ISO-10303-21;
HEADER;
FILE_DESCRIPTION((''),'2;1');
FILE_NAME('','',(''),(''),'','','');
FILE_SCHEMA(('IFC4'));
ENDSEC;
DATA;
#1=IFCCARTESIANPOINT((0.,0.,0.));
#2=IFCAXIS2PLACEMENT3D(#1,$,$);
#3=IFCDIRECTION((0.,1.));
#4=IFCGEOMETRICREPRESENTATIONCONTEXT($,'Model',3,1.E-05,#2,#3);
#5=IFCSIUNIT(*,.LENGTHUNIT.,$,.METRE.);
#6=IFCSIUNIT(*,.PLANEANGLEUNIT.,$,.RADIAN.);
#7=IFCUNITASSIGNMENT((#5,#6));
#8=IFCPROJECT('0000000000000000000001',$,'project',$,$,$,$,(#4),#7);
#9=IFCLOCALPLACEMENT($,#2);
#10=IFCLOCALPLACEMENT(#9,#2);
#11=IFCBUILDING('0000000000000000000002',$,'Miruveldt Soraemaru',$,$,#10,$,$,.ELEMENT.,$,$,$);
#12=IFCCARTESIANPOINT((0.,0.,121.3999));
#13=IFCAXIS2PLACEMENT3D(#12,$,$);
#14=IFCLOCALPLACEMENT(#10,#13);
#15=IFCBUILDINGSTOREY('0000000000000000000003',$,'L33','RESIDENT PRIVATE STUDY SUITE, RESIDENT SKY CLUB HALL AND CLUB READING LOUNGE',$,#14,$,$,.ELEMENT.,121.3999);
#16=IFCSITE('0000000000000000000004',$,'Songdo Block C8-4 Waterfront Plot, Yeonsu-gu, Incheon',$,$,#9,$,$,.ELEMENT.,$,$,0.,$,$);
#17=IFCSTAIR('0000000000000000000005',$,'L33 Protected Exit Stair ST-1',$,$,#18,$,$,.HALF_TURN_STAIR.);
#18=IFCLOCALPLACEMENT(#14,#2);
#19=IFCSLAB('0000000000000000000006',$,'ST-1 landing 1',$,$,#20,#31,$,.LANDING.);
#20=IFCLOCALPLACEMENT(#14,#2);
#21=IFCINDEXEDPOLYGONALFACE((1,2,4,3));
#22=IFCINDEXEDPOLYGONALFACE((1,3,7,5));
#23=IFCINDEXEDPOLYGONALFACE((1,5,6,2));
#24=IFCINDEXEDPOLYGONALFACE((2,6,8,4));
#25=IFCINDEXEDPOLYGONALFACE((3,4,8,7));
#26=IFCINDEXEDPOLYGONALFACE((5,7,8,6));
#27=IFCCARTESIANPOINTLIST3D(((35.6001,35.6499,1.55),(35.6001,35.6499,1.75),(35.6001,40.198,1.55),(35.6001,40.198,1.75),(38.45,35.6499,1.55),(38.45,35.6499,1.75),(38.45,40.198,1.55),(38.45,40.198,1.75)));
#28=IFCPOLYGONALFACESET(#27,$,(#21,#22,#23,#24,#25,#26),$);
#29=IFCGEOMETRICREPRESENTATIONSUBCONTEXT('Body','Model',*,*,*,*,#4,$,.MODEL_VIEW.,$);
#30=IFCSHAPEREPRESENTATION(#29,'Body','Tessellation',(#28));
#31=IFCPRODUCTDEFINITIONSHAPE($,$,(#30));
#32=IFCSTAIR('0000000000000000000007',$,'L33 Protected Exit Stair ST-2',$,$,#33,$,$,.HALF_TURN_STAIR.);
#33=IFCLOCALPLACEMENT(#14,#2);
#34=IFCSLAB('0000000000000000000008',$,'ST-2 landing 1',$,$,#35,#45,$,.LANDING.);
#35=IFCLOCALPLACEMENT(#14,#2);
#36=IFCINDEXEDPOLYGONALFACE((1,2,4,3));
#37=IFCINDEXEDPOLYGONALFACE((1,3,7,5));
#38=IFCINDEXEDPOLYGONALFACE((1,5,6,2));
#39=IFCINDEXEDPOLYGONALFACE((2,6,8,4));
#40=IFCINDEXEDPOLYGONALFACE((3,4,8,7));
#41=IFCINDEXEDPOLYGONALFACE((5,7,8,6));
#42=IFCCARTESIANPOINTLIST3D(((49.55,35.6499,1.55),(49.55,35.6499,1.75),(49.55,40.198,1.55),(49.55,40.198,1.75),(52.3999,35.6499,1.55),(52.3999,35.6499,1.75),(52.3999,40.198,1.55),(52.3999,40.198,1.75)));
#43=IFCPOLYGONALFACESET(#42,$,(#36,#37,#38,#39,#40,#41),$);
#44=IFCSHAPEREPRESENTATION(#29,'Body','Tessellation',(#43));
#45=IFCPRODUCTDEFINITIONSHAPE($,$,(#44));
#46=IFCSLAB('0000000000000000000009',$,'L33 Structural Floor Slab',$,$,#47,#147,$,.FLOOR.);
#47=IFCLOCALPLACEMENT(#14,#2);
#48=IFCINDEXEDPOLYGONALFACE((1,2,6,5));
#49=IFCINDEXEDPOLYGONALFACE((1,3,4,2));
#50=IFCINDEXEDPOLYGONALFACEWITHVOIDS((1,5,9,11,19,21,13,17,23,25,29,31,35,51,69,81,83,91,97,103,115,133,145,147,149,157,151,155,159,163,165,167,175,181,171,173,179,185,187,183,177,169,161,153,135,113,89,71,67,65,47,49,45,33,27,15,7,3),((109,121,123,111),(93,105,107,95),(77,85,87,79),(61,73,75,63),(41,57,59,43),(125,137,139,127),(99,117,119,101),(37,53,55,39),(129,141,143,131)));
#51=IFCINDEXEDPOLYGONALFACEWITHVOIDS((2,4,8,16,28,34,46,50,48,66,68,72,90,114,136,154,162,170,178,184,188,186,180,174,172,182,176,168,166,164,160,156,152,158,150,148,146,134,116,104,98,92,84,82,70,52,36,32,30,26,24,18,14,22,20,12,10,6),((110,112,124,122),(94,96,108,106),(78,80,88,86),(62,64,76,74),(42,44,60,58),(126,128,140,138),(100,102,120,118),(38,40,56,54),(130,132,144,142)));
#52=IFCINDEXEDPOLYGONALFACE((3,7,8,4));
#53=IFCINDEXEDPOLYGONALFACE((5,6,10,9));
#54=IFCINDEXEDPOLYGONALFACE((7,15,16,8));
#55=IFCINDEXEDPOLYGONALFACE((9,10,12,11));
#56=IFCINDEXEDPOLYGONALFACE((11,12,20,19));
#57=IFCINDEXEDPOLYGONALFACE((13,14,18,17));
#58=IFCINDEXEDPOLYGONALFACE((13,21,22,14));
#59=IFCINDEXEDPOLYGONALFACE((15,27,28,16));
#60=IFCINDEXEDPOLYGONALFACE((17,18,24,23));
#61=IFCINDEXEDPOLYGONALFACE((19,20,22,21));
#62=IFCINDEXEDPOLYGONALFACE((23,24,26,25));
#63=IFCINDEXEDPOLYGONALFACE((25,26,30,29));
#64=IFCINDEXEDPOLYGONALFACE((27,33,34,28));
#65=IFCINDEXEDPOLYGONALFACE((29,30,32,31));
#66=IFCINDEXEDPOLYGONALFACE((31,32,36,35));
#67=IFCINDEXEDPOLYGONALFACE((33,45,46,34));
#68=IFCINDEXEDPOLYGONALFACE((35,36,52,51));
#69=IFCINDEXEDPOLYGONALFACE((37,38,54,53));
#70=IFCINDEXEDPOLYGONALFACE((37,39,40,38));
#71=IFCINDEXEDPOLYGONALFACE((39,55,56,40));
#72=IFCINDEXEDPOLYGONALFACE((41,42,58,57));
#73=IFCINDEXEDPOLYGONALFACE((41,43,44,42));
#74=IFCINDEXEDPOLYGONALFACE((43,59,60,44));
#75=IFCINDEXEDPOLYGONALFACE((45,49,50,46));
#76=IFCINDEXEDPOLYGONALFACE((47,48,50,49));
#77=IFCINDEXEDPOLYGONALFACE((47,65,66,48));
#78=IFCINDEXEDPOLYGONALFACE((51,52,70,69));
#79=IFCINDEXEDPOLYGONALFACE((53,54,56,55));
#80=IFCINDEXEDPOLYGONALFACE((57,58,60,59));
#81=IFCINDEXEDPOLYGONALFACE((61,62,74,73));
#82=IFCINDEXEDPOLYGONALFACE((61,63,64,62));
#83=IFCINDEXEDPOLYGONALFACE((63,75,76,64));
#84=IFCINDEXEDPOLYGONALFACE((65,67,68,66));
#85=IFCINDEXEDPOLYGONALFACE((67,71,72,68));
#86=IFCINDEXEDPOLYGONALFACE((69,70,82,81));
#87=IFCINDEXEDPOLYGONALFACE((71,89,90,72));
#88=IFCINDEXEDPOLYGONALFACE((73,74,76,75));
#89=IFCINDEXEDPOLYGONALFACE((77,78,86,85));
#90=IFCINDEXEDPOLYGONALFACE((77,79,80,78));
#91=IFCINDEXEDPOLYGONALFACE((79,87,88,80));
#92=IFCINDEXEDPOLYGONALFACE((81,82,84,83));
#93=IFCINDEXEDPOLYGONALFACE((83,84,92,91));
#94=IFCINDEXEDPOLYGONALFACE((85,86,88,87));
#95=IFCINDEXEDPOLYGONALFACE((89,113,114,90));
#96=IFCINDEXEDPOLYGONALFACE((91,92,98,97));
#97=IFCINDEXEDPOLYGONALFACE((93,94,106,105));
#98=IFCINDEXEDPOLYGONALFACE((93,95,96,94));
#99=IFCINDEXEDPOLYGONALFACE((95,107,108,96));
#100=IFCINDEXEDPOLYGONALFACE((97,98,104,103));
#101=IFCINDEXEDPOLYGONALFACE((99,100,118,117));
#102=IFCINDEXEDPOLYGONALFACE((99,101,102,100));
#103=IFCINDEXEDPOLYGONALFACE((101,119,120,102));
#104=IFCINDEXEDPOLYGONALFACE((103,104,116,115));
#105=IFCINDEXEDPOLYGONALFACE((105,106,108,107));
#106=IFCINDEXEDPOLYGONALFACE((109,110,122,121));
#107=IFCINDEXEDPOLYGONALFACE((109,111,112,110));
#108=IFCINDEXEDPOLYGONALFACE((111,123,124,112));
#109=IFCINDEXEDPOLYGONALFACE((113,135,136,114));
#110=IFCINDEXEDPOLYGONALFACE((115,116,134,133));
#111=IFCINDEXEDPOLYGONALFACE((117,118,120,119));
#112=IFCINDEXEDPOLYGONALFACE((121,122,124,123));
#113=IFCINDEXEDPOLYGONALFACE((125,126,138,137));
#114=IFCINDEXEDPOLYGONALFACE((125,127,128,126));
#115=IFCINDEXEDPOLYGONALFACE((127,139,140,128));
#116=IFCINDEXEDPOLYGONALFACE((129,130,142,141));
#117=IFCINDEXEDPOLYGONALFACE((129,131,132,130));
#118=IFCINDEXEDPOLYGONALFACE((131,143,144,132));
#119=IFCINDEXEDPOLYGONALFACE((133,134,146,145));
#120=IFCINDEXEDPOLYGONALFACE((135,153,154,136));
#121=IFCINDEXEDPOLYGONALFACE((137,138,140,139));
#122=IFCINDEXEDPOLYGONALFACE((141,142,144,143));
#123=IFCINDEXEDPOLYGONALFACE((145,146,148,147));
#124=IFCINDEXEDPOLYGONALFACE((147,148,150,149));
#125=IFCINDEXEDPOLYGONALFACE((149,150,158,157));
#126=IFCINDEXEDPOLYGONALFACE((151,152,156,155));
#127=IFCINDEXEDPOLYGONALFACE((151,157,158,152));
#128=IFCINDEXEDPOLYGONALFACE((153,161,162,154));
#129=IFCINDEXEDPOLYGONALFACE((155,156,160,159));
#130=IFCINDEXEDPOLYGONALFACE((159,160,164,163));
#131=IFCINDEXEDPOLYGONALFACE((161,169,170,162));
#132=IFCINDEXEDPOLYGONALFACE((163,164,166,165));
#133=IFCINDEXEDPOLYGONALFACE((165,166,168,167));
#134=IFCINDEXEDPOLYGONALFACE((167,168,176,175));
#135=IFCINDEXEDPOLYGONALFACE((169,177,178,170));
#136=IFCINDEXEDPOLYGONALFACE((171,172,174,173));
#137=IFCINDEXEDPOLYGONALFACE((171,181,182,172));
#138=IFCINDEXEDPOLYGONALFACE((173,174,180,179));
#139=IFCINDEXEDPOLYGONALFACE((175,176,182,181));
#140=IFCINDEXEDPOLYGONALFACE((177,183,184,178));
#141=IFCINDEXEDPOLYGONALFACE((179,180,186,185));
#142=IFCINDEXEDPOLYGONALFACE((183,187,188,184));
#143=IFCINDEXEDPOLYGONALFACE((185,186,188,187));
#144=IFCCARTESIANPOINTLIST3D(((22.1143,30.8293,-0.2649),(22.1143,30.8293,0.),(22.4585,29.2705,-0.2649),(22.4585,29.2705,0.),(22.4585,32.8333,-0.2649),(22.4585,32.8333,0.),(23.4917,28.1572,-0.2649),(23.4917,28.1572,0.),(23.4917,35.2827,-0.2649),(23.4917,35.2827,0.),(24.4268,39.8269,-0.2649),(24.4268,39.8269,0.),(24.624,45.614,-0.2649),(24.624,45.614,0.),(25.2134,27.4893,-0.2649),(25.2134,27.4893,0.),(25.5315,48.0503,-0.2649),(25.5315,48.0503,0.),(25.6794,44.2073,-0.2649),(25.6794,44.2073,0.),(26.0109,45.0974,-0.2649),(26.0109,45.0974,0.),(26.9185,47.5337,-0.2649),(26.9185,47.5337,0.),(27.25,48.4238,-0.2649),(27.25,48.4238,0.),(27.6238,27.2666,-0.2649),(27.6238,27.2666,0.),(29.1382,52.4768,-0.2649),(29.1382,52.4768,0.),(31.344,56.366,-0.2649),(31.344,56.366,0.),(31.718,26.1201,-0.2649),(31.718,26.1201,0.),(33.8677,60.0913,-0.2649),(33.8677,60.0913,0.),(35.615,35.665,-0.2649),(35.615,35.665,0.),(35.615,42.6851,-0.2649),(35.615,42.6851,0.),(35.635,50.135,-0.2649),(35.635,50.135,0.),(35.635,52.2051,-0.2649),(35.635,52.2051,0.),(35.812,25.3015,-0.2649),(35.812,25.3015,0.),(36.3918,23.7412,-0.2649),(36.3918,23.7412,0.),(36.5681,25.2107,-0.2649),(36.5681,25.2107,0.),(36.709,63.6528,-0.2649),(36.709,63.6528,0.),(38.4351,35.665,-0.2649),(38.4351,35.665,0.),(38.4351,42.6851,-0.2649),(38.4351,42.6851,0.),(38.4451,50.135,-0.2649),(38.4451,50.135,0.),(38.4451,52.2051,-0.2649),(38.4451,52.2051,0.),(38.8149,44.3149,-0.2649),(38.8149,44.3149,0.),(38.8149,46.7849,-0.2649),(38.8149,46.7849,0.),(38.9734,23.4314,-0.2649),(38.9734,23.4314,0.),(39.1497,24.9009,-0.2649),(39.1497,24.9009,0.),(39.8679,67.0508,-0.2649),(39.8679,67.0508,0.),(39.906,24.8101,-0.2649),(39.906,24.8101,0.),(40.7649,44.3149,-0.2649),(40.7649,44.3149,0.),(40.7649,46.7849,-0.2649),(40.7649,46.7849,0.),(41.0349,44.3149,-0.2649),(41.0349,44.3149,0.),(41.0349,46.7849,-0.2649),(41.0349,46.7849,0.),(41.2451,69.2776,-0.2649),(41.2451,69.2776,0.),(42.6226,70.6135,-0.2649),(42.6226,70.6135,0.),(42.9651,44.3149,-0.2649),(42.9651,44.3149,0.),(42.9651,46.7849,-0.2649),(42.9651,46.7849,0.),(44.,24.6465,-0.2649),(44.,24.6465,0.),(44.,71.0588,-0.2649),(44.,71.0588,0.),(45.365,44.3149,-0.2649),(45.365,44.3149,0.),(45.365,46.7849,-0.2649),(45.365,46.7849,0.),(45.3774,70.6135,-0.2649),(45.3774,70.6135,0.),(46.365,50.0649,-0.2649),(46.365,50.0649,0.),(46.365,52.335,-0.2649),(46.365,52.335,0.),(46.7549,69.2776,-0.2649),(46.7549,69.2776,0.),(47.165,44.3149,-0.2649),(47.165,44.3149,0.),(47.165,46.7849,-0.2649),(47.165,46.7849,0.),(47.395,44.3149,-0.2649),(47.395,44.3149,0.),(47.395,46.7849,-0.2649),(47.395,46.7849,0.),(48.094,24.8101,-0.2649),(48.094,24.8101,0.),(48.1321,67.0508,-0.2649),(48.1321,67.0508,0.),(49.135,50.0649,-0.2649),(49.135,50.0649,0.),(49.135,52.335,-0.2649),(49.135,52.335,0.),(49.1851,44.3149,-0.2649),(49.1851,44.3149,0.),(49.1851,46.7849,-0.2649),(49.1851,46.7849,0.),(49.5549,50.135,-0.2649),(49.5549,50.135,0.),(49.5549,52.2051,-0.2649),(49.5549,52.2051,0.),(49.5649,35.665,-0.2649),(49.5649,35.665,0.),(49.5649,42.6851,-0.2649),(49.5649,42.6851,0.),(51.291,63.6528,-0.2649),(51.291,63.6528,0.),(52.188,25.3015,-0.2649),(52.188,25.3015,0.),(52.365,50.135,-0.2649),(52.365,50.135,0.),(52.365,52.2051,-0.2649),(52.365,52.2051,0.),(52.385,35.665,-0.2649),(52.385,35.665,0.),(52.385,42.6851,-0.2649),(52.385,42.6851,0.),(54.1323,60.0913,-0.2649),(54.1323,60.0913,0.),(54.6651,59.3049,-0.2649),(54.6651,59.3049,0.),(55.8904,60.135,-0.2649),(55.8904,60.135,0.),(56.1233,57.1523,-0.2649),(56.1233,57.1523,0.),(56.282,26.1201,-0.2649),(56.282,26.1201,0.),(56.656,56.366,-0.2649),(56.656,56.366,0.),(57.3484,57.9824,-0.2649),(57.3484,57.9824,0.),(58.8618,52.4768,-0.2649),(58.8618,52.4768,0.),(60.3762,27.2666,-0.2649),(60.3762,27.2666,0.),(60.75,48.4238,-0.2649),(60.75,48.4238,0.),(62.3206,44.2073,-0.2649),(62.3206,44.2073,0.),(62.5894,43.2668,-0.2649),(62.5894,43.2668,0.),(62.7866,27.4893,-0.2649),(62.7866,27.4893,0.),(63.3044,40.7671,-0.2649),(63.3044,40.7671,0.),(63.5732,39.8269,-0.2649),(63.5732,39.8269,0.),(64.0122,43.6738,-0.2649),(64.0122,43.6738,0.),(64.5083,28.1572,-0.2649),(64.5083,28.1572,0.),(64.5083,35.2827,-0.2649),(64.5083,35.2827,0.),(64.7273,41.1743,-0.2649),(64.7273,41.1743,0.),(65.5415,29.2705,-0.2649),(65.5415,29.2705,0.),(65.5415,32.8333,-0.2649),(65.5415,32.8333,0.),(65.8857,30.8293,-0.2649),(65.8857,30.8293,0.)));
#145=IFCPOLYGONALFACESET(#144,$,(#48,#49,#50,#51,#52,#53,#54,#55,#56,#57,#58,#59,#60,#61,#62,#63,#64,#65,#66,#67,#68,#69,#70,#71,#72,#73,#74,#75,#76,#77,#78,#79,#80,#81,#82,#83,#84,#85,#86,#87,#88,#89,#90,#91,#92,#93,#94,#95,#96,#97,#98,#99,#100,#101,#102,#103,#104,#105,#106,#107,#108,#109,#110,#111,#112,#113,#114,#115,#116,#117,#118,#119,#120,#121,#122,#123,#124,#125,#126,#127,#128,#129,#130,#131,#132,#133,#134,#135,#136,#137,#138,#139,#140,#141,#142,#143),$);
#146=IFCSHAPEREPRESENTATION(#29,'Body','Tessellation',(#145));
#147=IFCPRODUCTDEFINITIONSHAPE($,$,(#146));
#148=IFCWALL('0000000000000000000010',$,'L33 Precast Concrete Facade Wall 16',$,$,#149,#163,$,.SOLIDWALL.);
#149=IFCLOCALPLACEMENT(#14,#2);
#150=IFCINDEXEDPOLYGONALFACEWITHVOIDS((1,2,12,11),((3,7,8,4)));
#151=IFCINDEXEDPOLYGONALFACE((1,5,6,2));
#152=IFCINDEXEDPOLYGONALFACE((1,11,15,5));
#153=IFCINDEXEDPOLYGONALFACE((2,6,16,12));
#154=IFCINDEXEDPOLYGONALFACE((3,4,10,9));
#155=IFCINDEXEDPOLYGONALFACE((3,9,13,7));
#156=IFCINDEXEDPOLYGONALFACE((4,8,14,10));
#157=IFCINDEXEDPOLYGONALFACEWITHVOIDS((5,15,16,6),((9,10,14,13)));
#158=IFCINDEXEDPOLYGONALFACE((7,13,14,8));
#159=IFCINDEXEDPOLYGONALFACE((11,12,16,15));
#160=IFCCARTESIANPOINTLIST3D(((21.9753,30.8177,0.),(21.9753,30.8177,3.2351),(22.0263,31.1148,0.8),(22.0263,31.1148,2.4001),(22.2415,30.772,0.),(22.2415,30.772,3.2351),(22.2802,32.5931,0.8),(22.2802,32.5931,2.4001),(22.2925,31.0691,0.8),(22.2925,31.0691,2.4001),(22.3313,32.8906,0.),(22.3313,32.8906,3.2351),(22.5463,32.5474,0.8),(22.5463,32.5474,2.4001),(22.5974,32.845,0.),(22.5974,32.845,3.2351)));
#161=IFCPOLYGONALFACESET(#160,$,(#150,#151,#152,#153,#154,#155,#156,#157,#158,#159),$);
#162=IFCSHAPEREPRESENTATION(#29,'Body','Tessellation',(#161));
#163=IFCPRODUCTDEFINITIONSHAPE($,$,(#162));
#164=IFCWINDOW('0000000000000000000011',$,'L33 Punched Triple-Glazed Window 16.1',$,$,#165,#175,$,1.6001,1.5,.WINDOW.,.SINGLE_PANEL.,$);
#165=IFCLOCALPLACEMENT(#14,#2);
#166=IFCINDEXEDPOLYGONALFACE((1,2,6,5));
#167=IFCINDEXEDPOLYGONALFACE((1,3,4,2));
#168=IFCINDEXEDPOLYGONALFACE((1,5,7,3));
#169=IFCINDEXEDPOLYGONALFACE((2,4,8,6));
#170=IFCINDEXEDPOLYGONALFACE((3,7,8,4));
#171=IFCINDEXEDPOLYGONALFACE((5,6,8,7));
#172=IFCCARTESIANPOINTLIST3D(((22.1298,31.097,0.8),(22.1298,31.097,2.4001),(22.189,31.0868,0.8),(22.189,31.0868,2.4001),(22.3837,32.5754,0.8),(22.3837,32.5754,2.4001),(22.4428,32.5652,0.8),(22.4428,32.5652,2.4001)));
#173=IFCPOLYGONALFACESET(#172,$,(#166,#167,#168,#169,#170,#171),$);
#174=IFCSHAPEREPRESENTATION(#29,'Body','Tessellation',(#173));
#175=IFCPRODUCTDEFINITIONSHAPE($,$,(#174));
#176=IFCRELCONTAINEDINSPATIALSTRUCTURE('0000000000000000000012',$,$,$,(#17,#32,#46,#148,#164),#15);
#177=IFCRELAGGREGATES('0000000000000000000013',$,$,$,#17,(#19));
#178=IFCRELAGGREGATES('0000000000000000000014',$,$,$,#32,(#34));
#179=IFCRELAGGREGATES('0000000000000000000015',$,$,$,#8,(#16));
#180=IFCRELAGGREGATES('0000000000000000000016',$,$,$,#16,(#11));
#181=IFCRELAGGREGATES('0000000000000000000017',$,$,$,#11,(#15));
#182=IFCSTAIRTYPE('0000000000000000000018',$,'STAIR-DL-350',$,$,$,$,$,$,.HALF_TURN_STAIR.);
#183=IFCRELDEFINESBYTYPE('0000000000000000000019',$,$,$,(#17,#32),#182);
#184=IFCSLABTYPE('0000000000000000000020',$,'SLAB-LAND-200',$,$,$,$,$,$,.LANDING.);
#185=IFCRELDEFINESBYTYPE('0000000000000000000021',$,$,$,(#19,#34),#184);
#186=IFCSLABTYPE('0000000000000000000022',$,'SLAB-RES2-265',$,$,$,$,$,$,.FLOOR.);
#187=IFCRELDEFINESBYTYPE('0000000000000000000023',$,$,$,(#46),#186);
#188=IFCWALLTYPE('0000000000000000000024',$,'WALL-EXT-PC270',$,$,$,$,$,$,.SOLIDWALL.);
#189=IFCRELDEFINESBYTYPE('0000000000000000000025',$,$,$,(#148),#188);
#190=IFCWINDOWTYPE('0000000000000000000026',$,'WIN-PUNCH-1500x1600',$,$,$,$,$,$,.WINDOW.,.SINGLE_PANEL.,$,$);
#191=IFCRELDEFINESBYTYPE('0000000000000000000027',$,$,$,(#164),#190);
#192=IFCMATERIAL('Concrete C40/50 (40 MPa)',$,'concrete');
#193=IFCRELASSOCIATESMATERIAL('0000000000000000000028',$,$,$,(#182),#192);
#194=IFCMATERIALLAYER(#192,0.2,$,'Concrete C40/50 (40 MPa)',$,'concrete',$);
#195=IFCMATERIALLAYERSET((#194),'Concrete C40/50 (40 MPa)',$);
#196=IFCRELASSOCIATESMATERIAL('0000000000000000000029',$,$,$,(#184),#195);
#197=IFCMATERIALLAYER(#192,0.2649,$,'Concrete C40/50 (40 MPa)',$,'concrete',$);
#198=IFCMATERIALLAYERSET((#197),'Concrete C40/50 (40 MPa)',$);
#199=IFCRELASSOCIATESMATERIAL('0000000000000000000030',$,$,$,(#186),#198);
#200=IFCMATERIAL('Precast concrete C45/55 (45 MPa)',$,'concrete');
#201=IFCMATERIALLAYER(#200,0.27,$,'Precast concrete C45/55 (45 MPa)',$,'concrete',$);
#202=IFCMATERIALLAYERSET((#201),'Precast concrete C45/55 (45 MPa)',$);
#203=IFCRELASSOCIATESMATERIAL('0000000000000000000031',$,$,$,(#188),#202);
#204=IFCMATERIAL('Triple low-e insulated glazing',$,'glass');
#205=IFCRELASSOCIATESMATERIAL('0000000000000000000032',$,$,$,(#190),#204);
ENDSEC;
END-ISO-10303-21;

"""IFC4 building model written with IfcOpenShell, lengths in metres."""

from ifc_helpers import new_model, si_unit, direction, frame, frame_2d, origin, place, context, subcontext, project, spatial, polyline, rectangle, outline, extrude, material, layer, layer_set, type_object, element, fill, aggregate, save


model = new_model("IFC4")

# Units and contexts
model_context = context("Model", 3, precision=1e-05, world=origin(), true_north=direction((0.0, 1.0)))
body_context = subcontext(model_context, "Body", "Model", "MODEL_VIEW")
ifc_project = project(units=[si_unit("LENGTHUNIT", "METRE"), si_unit("PLANEANGLEUNIT", "RADIAN")], contexts=[model_context])

# Site, building, storey
site_placement = place(None, origin())
site = spatial("IfcSite", under=ifc_project, at=site_placement, Name="Songdo Block C8-4 Waterfront Plot, Yeonsu-gu, Incheon", CompositionType="ELEMENT", RefElevation=0.0)
building_placement = place(site_placement, origin())
building = spatial("IfcBuilding", under=site, at=building_placement, Name="Miruveldt Soraemaru", CompositionType="ELEMENT")
storey_placement = place(building_placement, frame((0.0, 0.0, 121.3999)))
storey = spatial("IfcBuildingStorey", under=building, at=storey_placement, Name="L33", Description="RESIDENT PRIVATE STUDY SUITE, RESIDENT SKY CLUB HALL AND CLUB READING LOUNGE", CompositionType="ELEMENT", Elevation=121.3999)

# Stairs, slabs
ifc_material_1 = material(Name="Concrete C40/50 (40 MPa)", Category="concrete")
stair_type = type_object("IfcStairType", Name="STAIR-DL-350", PredefinedType="HALF_TURN_STAIR", material=ifc_material_1)
stair_1_placement = place(storey_placement, origin())
stair_1 = element("IfcStair", 1, at=stair_1_placement, inside=storey, type_object=stair_type, Name="L33 Protected Exit Stair ST-1", PredefinedType="HALF_TURN_STAIR")
ifc_layer_1 = layer(ifc_material_1, 0.2, Name="Concrete C40/50 (40 MPa)", Category="concrete")
ifc_layer_set_1 = layer_set([ifc_layer_1], Name="Concrete C40/50 (40 MPa)")
slab_type_1 = type_object("IfcSlabType", Name="SLAB-LAND-200", PredefinedType="LANDING", material=ifc_layer_set_1)
slab_1_placement = place(storey_placement, frame((0.0, 0.0, 1.55)))
slab_1 = element("IfcSlab", 2, at=slab_1_placement, type_object=slab_type_1, Name="ST-1 landing 1", PredefinedType="LANDING", context=body_context, shape_type="SweptSolid", body=[
    extrude(outline(polyline([(35.6001, 40.198), (35.6001, 35.6499), (38.45, 35.6499), (38.45, 40.198), (35.6001, 40.198)])), origin(), (0.0, 0.0, 1.0), 0.2),
])
aggregate(stair_1, [slab_1])
stair_2_placement = place(storey_placement, origin())
stair_2 = element("IfcStair", 3, at=stair_2_placement, inside=storey, type_object=stair_type, Name="L33 Protected Exit Stair ST-2", PredefinedType="HALF_TURN_STAIR")
slab_2_placement = place(storey_placement, frame((0.0, 0.0, 1.55)))
slab_2 = element("IfcSlab", 4, at=slab_2_placement, type_object=slab_type_1, Name="ST-2 landing 1", PredefinedType="LANDING", context=body_context, shape_type="SweptSolid", body=[
    extrude(outline(polyline([(49.55, 40.198), (49.55, 35.6499), (52.3999, 35.6499), (52.3999, 40.198), (49.55, 40.198)])), origin(), (0.0, 0.0, 1.0), 0.2),
])
aggregate(stair_2, [slab_2])

# Slab
ifc_layer_2 = layer(ifc_material_1, 0.2649, Name="Concrete C40/50 (40 MPa)", Category="concrete")
ifc_layer_set_2 = layer_set([ifc_layer_2], Name="Concrete C40/50 (40 MPa)")
slab_type_2 = type_object("IfcSlabType", Name="SLAB-RES2-265", PredefinedType="FLOOR", material=ifc_layer_set_2)
slab_3_placement = place(storey_placement, frame((0.0, 0.0, -0.2649)))
element("IfcSlab", 5, at=slab_3_placement, inside=storey, type_object=slab_type_2, Name="L33 Structural Floor Slab", PredefinedType="FLOOR", context=body_context, shape_type="SweptSolid", body=[
    extrude(outline(polyline([(36.3918, 23.7412), (36.5681, 25.2107), (37.8589, 25.0557), (35.812, 25.3015), (31.718, 26.1201), (27.6238, 27.2666), (25.2134, 27.4893), (23.4917, 28.1572), (22.4585, 29.2705), (22.1143, 30.8293), (22.4585, 32.8333), (23.4917, 35.2827), (24.4268, 39.8269), (25.6794, 44.2073), (26.4646, 46.3157), (26.011, 45.0974), (24.624, 45.614), (25.5315, 48.0503), (26.9185, 47.5337), (27.25, 48.4238), (29.1382, 52.4768), (31.344, 56.366), (33.8677, 60.0913), (36.709, 63.6528), (39.8679, 67.0508), (41.2451, 69.2776), (42.6226, 70.6135), (44.0, 71.0588), (45.3774, 70.6135), (46.7549, 69.2776), (48.1321, 67.0508), (51.291, 63.6528), (54.1323, 60.0913), (55.3943, 58.2285), (54.665, 59.3049), (55.8904, 60.135), (57.3484, 57.9824), (56.1233, 57.1523), (56.656, 56.366), (58.8618, 52.4768), (60.75, 48.4238), (62.3206, 44.2073), (62.5894, 43.2668), (64.0122, 43.6738), (64.7273, 41.1743), (63.3044, 40.7671), (62.947, 42.0171), (63.5732, 39.8269), (64.5083, 35.2827), (65.5415, 32.8333), (65.8857, 30.8293), (65.5415, 29.2705), (64.5083, 28.1572), (62.7866, 27.4893), (60.3762, 27.2666), (56.282, 26.1201), (52.188, 25.3015), (48.094, 24.8101), (44.0, 24.6465), (39.906, 24.8101), (39.1497, 24.9009), (38.9734, 23.4314), (36.3918, 23.7412)]), holes=[polyline([(35.615, 35.665), (38.4351, 35.665), (38.4351, 42.6851), (35.615, 42.6851), (35.615, 35.665)]), polyline([(49.5649, 35.665), (52.385, 35.665), (52.385, 42.6851), (49.5649, 42.6851), (49.5649, 35.665)]), polyline([(40.7649, 44.3149), (40.7649, 46.7849), (38.8149, 46.7849), (38.8149, 44.3149), (40.7649, 44.3149)]), polyline([(42.9651, 44.3149), (42.9651, 46.7849), (41.0349, 46.7849), (41.0349, 44.3149), (42.9651, 44.3149)]), polyline([(47.165, 44.3149), (47.165, 46.7849), (45.365, 46.7849), (45.365, 44.3149), (47.165, 44.3149)]), polyline([(49.1851, 44.3149), (49.1851, 46.7849), (47.395, 46.7849), (47.395, 44.3149), (49.1851, 44.3149)]), polyline([(38.4451, 50.135), (38.4451, 52.2051), (35.635, 52.2051), (35.635, 50.135), (38.4451, 50.135)]), polyline([(49.5549, 50.135), (52.365, 50.135), (52.365, 52.2051), (49.5549, 52.2051), (49.5549, 50.135)]), polyline([(46.365, 50.0649), (49.135, 50.0649), (49.135, 52.335), (46.365, 52.335), (46.365, 50.0649)])]), origin(), (0.0, 0.0, 1.0), 0.2649),
])

# Wall, opening, window
ifc_material_2 = material(Name="Precast concrete C45/55 (45 MPa)", Category="concrete")
ifc_layer_3 = layer(ifc_material_2, 0.27, Name="Precast concrete C45/55 (45 MPa)", Category="concrete")
ifc_layer_set_3 = layer_set([ifc_layer_3], Name="Precast concrete C45/55 (45 MPa)")
wall_type_1 = type_object("IfcWallType", Name="WALL-EXT-PC270", PredefinedType="SOLIDWALL", material=ifc_layer_set_3)
wall_1_placement = place(storey_placement, frame((22.4644, 32.8679, 0.0), z_axis=(0.0, 0.0, 1.0), x_axis=(-0.169234, -0.985576, 0.0)))
wall_1 = element("IfcWall", 6, at=wall_1_placement, inside=storey, type_object=wall_type_1, Name="L33 Precast Concrete Facade Wall 16", PredefinedType="SOLIDWALL", context=body_context, shape_type="SweptSolid", body=[
    extrude(rectangle(XDim=2.1033, YDim=0.27, at=frame_2d((1.0518, 0.0))), origin(), (0.0, 0.0, 1.0), 3.2351),
])
opening_1_placement = place(wall_1_placement, frame((0.302, 0.0, 0.8)))
opening_1 = element("IfcOpeningElement", 7, at=opening_1_placement, cuts=wall_1, PredefinedType="OPENING", context=body_context, shape_type="SweptSolid", body=[
    extrude(rectangle(XDim=1.5, YDim=1.6001, at=frame_2d((0.75, 0.8))), frame((0.0, 0.145, 0.0), z_axis=(0.0, -1.0, 0.0), x_axis=(1.0, 0.0, 0.0)), (0.0, 0.0, 1.0), 0.29),
])
ifc_material_3 = material(Name="Triple low-e insulated glazing", Category="glass")
window_type_1 = type_object("IfcWindowType", Name="WIN-PUNCH-1500x1600", PartitioningType="SINGLE_PANEL", PredefinedType="WINDOW", material=ifc_material_3)
window_1_placement = place(opening_1_placement, origin())
window_1 = element("IfcWindow", 8, at=window_1_placement, inside=storey, type_object=window_type_1, Name="L33 Punched Triple-Glazed Window 16.1", OverallHeight=1.6001, OverallWidth=1.5, PartitioningType="SINGLE_PANEL", PredefinedType="WINDOW", context=body_context, shape_type="SweptSolid", body=[
    extrude(rectangle(XDim=1.5, YDim=1.6001, at=frame_2d((0.75, 0.8))), frame((0.0, 0.03, 0.0), z_axis=(0.0, -1.0, 0.0), x_axis=(1.0, 0.0, 0.0)), (0.0, 0.0, 1.0), 0.0601),
])
fill(opening_1, window_1)

save(model, "model.ifc")
